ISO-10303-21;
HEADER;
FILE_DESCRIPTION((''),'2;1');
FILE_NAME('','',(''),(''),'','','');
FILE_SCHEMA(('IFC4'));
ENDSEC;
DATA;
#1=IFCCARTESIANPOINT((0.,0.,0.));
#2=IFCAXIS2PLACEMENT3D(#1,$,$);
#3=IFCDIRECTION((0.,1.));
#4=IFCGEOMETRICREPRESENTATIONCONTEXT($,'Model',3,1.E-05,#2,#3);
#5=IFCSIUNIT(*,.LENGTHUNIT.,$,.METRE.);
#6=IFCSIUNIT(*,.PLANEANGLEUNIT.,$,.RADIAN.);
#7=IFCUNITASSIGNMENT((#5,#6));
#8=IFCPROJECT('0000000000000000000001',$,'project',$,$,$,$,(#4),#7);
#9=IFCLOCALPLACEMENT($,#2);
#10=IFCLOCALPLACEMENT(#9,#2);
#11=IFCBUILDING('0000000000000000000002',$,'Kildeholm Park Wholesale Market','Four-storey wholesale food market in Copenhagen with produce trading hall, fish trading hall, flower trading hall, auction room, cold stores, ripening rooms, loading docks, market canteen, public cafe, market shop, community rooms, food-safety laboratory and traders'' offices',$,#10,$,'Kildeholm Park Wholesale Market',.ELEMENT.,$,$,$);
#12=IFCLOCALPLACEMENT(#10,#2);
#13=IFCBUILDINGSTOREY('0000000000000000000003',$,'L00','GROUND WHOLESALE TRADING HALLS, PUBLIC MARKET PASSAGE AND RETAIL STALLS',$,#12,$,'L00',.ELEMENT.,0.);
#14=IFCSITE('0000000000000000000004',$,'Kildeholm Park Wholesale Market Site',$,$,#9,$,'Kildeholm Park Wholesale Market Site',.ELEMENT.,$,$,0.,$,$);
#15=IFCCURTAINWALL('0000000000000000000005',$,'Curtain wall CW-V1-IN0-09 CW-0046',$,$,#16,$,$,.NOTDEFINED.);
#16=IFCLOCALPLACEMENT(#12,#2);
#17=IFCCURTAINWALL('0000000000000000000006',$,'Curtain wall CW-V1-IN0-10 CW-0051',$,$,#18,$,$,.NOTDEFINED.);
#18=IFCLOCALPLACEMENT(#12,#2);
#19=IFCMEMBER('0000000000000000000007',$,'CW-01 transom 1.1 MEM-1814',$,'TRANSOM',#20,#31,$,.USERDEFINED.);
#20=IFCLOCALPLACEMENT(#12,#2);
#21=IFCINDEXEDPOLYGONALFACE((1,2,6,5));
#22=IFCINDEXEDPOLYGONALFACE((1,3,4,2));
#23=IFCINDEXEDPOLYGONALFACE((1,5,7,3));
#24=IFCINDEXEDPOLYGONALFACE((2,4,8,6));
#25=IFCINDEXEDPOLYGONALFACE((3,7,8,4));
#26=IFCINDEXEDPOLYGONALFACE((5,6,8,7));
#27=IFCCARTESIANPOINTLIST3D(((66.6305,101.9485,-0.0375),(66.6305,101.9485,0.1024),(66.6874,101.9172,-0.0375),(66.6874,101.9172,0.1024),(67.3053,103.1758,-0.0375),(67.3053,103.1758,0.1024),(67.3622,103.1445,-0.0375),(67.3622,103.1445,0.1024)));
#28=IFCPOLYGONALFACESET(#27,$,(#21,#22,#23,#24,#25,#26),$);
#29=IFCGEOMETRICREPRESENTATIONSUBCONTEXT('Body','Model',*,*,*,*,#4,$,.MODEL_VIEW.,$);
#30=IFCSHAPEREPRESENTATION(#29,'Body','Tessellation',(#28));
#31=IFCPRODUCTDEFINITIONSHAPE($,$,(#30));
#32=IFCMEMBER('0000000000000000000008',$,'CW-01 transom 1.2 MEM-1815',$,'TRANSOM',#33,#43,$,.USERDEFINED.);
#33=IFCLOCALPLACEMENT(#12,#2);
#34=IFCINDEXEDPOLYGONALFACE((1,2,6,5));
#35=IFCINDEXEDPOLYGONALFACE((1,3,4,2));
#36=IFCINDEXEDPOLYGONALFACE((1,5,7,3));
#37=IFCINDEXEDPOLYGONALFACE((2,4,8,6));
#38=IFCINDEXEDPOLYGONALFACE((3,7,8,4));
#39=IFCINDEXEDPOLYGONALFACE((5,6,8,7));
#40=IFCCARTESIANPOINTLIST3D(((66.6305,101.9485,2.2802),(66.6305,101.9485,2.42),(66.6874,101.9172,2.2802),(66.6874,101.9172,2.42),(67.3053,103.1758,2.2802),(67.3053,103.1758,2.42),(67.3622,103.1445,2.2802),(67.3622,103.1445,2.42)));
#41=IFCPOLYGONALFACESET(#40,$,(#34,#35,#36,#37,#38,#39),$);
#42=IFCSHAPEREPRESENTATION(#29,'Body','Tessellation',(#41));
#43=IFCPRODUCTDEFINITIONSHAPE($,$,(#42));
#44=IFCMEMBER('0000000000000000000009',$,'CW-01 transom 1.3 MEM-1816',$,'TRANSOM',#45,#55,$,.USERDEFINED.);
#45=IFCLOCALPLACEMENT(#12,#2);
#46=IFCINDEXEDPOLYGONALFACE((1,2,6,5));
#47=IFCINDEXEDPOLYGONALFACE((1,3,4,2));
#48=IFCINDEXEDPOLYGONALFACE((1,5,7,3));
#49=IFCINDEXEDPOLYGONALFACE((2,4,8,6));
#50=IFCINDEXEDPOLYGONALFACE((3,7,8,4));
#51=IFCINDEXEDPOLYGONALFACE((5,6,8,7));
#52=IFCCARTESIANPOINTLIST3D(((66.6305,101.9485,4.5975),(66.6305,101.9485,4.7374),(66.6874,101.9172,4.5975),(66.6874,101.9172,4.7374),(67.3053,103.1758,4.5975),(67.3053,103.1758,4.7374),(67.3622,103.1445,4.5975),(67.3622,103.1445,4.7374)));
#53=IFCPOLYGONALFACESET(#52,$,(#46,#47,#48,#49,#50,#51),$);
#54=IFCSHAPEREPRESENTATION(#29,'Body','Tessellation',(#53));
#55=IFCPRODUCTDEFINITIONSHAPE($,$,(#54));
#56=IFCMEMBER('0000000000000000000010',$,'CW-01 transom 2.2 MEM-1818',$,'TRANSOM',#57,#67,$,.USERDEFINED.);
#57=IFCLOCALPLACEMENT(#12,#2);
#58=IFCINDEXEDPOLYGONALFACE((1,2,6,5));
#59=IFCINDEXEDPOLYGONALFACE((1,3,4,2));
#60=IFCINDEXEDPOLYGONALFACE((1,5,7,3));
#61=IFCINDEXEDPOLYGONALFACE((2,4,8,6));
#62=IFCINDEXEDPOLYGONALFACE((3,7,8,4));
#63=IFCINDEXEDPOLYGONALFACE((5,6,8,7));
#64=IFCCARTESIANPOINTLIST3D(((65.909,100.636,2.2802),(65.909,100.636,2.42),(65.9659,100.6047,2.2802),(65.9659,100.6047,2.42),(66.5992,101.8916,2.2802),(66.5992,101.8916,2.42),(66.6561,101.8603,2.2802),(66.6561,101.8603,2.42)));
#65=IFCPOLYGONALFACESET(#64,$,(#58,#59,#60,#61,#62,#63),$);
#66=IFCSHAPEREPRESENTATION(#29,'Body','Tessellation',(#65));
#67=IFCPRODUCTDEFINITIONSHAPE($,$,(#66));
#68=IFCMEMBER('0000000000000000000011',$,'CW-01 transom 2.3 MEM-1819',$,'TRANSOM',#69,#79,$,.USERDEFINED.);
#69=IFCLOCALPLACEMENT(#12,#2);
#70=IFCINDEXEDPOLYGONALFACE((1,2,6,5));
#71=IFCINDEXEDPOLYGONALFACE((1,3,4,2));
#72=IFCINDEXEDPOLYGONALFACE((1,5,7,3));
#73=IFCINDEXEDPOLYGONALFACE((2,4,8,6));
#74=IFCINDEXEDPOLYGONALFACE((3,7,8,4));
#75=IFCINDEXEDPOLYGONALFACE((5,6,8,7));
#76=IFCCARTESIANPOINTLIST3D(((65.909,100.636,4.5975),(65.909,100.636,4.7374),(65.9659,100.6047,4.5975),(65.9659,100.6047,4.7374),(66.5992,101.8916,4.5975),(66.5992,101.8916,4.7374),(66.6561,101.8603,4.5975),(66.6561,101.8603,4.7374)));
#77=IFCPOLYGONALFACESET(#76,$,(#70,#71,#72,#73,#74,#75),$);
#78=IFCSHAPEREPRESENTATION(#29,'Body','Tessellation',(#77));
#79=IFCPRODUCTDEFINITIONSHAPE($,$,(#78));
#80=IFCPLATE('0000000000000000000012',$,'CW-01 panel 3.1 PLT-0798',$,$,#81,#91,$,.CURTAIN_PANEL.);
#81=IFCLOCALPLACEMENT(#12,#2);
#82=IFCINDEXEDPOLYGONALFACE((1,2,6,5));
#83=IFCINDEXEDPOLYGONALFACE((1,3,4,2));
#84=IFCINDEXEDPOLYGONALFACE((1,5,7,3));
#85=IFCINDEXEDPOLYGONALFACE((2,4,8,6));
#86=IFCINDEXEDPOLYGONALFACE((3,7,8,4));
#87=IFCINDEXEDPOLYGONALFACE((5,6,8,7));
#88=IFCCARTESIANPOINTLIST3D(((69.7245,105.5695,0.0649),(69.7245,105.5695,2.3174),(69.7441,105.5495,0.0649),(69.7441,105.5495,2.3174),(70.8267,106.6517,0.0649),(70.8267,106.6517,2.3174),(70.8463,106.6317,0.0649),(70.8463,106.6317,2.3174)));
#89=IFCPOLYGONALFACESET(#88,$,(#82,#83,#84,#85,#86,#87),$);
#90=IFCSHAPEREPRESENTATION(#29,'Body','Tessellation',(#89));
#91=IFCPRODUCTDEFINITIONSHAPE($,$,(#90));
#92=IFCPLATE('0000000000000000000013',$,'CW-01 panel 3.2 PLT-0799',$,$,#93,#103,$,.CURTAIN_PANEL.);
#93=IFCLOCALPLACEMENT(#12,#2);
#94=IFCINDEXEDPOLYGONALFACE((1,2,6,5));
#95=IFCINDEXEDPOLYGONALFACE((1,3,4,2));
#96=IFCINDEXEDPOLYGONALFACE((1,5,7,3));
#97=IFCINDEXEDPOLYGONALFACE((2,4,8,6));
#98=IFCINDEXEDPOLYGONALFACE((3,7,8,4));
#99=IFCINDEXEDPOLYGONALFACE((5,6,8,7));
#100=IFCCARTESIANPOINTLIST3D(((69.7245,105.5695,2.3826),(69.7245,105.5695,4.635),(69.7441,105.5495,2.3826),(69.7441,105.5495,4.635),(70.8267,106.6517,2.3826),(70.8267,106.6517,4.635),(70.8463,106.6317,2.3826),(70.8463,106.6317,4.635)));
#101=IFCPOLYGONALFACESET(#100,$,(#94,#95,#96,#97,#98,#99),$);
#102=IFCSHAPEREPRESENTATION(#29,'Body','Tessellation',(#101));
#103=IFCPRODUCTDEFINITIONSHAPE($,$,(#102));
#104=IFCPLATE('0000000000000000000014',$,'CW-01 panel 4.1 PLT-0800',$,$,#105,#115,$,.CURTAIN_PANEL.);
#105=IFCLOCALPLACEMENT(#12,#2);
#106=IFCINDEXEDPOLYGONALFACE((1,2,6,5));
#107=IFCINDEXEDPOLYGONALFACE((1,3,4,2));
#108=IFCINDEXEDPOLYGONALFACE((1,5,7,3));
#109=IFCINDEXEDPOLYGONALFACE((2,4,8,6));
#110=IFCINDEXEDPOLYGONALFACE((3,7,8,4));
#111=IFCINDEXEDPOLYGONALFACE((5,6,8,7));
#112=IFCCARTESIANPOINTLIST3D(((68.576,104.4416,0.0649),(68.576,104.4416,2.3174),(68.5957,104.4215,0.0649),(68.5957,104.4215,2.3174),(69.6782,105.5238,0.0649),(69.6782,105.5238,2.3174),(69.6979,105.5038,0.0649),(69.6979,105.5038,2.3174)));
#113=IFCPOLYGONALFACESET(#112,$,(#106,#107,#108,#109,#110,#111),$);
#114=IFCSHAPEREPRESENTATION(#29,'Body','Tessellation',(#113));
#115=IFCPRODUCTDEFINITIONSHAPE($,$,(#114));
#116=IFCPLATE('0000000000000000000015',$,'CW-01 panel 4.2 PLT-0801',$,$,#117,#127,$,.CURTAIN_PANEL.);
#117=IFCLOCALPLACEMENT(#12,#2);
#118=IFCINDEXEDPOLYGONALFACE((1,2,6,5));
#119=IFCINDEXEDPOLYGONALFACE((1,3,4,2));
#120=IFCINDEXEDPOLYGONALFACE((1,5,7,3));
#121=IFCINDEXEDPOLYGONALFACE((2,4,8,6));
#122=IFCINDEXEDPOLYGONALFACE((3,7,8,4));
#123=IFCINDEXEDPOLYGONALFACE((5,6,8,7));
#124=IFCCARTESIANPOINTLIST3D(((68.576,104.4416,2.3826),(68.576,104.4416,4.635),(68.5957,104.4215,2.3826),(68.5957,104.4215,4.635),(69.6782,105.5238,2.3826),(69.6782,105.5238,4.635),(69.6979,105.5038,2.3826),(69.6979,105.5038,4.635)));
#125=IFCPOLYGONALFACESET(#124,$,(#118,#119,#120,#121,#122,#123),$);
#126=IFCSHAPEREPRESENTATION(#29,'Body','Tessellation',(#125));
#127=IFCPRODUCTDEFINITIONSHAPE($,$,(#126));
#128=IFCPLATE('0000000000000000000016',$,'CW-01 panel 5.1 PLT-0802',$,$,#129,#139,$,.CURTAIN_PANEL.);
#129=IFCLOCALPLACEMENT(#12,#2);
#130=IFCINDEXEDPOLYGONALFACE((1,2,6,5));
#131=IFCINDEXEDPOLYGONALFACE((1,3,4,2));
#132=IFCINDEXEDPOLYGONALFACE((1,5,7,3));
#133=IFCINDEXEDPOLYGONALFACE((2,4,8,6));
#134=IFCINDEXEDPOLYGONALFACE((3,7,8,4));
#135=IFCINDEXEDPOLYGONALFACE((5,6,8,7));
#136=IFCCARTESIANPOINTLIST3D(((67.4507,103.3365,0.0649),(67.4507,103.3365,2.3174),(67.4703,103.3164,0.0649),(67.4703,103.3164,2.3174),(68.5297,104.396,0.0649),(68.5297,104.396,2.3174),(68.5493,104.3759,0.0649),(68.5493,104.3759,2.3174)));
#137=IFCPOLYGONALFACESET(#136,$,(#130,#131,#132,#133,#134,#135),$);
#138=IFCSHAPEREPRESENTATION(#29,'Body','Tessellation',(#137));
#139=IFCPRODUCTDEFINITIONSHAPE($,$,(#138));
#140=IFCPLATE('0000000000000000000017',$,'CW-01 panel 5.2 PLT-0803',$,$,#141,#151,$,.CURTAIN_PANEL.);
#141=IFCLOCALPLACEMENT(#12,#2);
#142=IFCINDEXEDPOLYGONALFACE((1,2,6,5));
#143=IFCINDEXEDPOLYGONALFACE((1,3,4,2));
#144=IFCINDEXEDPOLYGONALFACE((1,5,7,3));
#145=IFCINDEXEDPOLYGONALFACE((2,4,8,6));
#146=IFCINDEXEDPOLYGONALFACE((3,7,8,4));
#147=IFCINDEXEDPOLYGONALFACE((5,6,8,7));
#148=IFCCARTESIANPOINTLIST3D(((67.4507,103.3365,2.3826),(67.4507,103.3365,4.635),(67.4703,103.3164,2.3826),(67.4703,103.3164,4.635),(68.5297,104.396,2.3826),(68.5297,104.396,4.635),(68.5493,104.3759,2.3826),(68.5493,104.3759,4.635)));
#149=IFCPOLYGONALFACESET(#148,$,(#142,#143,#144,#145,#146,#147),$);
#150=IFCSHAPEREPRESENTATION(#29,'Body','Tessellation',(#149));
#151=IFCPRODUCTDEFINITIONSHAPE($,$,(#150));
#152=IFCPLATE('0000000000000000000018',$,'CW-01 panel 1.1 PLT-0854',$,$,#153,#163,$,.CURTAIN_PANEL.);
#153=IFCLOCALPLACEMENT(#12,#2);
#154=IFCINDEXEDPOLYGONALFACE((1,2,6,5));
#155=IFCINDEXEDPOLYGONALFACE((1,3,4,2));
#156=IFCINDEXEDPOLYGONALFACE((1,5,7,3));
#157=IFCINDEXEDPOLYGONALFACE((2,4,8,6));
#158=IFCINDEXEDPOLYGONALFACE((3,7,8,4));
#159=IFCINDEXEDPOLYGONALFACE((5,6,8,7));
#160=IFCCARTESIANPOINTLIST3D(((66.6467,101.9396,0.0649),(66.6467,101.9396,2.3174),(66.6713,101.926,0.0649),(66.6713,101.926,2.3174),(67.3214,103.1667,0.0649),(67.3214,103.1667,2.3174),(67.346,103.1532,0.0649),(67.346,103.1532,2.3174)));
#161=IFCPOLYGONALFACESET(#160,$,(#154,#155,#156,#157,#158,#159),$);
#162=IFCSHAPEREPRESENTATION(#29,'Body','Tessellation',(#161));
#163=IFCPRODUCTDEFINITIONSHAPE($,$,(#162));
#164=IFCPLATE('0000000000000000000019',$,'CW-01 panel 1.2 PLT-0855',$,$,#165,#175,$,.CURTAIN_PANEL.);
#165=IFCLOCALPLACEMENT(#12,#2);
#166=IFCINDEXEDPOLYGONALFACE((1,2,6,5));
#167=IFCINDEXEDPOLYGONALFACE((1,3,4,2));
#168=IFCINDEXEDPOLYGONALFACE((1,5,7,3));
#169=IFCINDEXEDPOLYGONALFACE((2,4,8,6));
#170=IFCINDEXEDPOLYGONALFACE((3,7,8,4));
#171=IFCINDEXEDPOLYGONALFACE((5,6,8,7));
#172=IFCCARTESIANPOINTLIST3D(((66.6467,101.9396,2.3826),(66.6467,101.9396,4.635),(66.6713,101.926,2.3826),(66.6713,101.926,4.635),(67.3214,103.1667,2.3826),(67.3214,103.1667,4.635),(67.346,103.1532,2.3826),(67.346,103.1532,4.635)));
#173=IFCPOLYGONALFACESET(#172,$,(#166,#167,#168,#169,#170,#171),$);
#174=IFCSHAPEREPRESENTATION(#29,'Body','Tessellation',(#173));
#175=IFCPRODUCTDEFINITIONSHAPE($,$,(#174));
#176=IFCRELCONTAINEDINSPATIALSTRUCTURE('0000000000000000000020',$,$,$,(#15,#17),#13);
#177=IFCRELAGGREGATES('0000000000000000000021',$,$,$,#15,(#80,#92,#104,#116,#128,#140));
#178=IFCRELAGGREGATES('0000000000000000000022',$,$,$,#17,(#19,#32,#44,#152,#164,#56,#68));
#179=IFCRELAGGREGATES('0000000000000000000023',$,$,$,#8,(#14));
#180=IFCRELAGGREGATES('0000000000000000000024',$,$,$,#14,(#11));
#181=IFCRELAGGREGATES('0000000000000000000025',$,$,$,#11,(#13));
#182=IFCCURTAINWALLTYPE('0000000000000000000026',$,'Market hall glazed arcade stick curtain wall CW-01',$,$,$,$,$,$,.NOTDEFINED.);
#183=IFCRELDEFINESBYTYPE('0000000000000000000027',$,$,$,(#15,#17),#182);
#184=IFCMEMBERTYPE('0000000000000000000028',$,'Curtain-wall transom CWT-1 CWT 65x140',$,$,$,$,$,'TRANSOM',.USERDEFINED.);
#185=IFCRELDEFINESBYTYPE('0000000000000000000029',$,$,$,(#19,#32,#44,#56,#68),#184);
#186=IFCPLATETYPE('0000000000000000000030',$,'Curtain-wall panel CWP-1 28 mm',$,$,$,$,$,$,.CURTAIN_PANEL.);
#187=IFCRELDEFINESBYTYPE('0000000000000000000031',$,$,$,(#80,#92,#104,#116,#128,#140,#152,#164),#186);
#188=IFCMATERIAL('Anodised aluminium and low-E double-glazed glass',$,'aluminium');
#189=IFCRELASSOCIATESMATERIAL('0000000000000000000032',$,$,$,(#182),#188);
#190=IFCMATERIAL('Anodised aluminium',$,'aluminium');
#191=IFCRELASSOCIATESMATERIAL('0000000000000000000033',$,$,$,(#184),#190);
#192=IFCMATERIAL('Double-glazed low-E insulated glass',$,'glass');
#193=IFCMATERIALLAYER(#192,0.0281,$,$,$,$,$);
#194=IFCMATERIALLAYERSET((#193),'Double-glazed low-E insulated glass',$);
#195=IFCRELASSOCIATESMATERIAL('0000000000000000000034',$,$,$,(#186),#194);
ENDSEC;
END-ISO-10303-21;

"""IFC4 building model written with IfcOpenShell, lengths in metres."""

from ifc_helpers import new_model, si_unit, direction, frame, origin, origin_2d, place, context, subcontext, project, spatial, rectangle, extrude, material, layer, layer_set, material_profile, profile_set, type_object, element, aggregate, save


model = new_model("IFC4")

# Units and contexts
model_context = context("Model", 3, precision=1e-05, world=origin(), true_north=direction((0.0, 1.0)))
body_context = subcontext(model_context, "Body", "Model", "MODEL_VIEW")
ifc_project = project(units=[si_unit("LENGTHUNIT", "METRE"), si_unit("PLANEANGLEUNIT", "RADIAN")], contexts=[model_context])

# Site, building, storey
site_placement = place(None, origin())
site = spatial("IfcSite", under=ifc_project, at=site_placement, Name="Kildeholm Park Wholesale Market Site", LongName="Kildeholm Park Wholesale Market Site", CompositionType="ELEMENT", RefElevation=0.0)
building_placement = place(site_placement, origin())
building = spatial("IfcBuilding", under=site, at=building_placement, Name="Kildeholm Park Wholesale Market", Description="Four-storey wholesale food market in Copenhagen with produce trading hall, fish trading hall, flower trading hall, auction room, cold stores, ripening rooms, loading docks, market canteen, public cafe, market shop, community rooms, food-safety laboratory and traders' offices", LongName="Kildeholm Park Wholesale Market", CompositionType="ELEMENT")
storey_placement = place(building_placement, origin())
storey = spatial("IfcBuildingStorey", under=building, at=storey_placement, Name="L00", Description="GROUND WHOLESALE TRADING HALLS, PUBLIC MARKET PASSAGE AND RETAIL STALLS", LongName="L00", CompositionType="ELEMENT", Elevation=0.0)

# Curtain walls
ifc_material_1 = material(Name="Anodised aluminium and low-E double-glazed glass", Category="aluminium")
curtain_wall_type = type_object("IfcCurtainWallType", Name="Market hall glazed arcade stick curtain wall CW-01", PredefinedType="NOTDEFINED", material=ifc_material_1)
curtain_wall_1_placement = place(storey_placement, origin())
curtain_wall_1 = element("IfcCurtainWall", 1, at=curtain_wall_1_placement, inside=storey, type_object=curtain_wall_type, Name="Curtain wall CW-V1-IN0-09 CW-0046", PredefinedType="NOTDEFINED")
ifc_material_2 = material(Name="Anodised aluminium", Category="aluminium")
curtain_wall_2_placement = place(storey_placement, origin())
curtain_wall_2 = element("IfcCurtainWall", 2, at=curtain_wall_2_placement, inside=storey, type_object=curtain_wall_type, Name="Curtain wall CW-V1-IN0-10 CW-0051", PredefinedType="NOTDEFINED")

# Members
ifc_material_profile_1 = material_profile(ifc_material_2, rectangle(XDim=0.0649, YDim=0.1399, at=origin_2d()), Name="CWT 65x140")
ifc_profile_set_1 = profile_set([ifc_material_profile_1], Name="Anodised aluminium")
member_type_1 = type_object("IfcMemberType", Name="Curtain-wall transom CWT-1 CWT 65x140", ElementType="TRANSOM", PredefinedType="USERDEFINED", material=ifc_profile_set_1)
member_1_placement = place(storey_placement, frame((67.3337, 103.1602, 0.0325), z_axis=(-0.481805, -0.876278, 0.0), x_axis=(0.876278, -0.481805, 0.0)))
member_1 = element("IfcMember", 3, at=member_1_placement, type_object=member_type_1, Name="CW-01 transom 1.1 MEM-1814", ObjectType="TRANSOM", PredefinedType="USERDEFINED", context=body_context, shape_type="SweptSolid", body=[
    extrude(rectangle(XDim=0.0649, YDim=0.1399, at=origin_2d()), origin(), (0.0, 0.0, 1.0), 1.4006),
])
member_2_placement = place(storey_placement, frame((67.3337, 103.1602, 2.3501), z_axis=(-0.481805, -0.876278, 0.0), x_axis=(0.876278, -0.481805, 0.0)))
member_2 = element("IfcMember", 4, at=member_2_placement, type_object=member_type_1, Name="CW-01 transom 1.2 MEM-1815", ObjectType="TRANSOM", PredefinedType="USERDEFINED", context=body_context, shape_type="SweptSolid", body=[
    extrude(rectangle(XDim=0.0649, YDim=0.1399, at=origin_2d()), origin(), (0.0, 0.0, 1.0), 1.4006),
])
member_3_placement = place(storey_placement, frame((67.3337, 103.1602, 4.6675), z_axis=(-0.481805, -0.876278, 0.0), x_axis=(0.876278, -0.481805, 0.0)))
member_3 = element("IfcMember", 5, at=member_3_placement, type_object=member_type_1, Name="CW-01 transom 1.3 MEM-1816", ObjectType="TRANSOM", PredefinedType="USERDEFINED", context=body_context, shape_type="SweptSolid", body=[
    extrude(rectangle(XDim=0.0649, YDim=0.1399, at=origin_2d()), origin(), (0.0, 0.0, 1.0), 1.4006),
])
member_4_placement = place(storey_placement, frame((66.6277, 101.876, 2.3501), z_axis=(-0.481703, -0.876335, 0.0), x_axis=(0.876335, -0.481703, 0.0)))
member_4 = element("IfcMember", 6, at=member_4_placement, type_object=member_type_1, Name="CW-01 transom 2.2 MEM-1818", ObjectType="TRANSOM", PredefinedType="USERDEFINED", context=body_context, shape_type="SweptSolid", body=[
    extrude(rectangle(XDim=0.0649, YDim=0.1399, at=origin_2d()), origin(), (0.0, 0.0, 1.0), 1.4329),
])
member_5_placement = place(storey_placement, frame((66.6277, 101.876, 4.6675), z_axis=(-0.481703, -0.876335, 0.0), x_axis=(0.876335, -0.481703, 0.0)))
member_5 = element("IfcMember", 7, at=member_5_placement, type_object=member_type_1, Name="CW-01 transom 2.3 MEM-1819", ObjectType="TRANSOM", PredefinedType="USERDEFINED", context=body_context, shape_type="SweptSolid", body=[
    extrude(rectangle(XDim=0.0649, YDim=0.1399, at=origin_2d()), origin(), (0.0, 0.0, 1.0), 1.4329),
])

# Plates
ifc_material_3 = material(Name="Double-glazed low-E insulated glass", Category="glass")
ifc_layer = layer(ifc_material_3, 0.0281)
ifc_layer_set = layer_set([ifc_layer], Name="Double-glazed low-E insulated glass")
plate_type = type_object("IfcPlateType", Name="Curtain-wall panel CWP-1 28 mm", PredefinedType="CURTAIN_PANEL", material=ifc_layer_set)
plate_1_placement = place(storey_placement, frame((70.2854, 106.1006, 0.0649), z_axis=(0.0, 0.0, 1.0), x_axis=(-0.713538, -0.700617, 0.0)))
plate_1 = element("IfcPlate", 8, at=plate_1_placement, type_object=plate_type, Name="CW-01 panel 3.1 PLT-0798", PredefinedType="CURTAIN_PANEL", context=body_context, shape_type="SweptSolid", body=[
    extrude(rectangle(XDim=1.5447, YDim=0.0281, at=origin_2d()), origin(), (0.0, 0.0, 1.0), 2.2524),
])
plate_2_placement = place(storey_placement, frame((70.2854, 106.1006, 2.3826), z_axis=(0.0, 0.0, 1.0), x_axis=(-0.713538, -0.700617, 0.0)))
plate_2 = element("IfcPlate", 9, at=plate_2_placement, type_object=plate_type, Name="CW-01 panel 3.2 PLT-0799", PredefinedType="CURTAIN_PANEL", context=body_context, shape_type="SweptSolid", body=[
    extrude(rectangle(XDim=1.5447, YDim=0.0281, at=origin_2d()), origin(), (0.0, 0.0, 1.0), 2.2524),
])
plate_3_placement = place(storey_placement, frame((69.137, 104.9727, 0.0649), z_axis=(0.0, 0.0, 1.0), x_axis=(-0.713538, -0.700617, 0.0)))
plate_3 = element("IfcPlate", 10, at=plate_3_placement, type_object=plate_type, Name="CW-01 panel 4.1 PLT-0800", PredefinedType="CURTAIN_PANEL", context=body_context, shape_type="SweptSolid", body=[
    extrude(rectangle(XDim=1.5447, YDim=0.0281, at=origin_2d()), origin(), (0.0, 0.0, 1.0), 2.2524),
])
plate_4_placement = place(storey_placement, frame((69.137, 104.9727, 2.3826), z_axis=(0.0, 0.0, 1.0), x_axis=(-0.713538, -0.700617, 0.0)))
plate_4 = element("IfcPlate", 11, at=plate_4_placement, type_object=plate_type, Name="CW-01 panel 4.2 PLT-0801", PredefinedType="CURTAIN_PANEL", context=body_context, shape_type="SweptSolid", body=[
    extrude(rectangle(XDim=1.5447, YDim=0.0281, at=origin_2d()), origin(), (0.0, 0.0, 1.0), 2.2524),
])
plate_5_placement = place(storey_placement, frame((68.0, 103.8562, 0.0649), z_axis=(0.0, 0.0, 1.0), x_axis=(-0.713538, -0.700617, 0.0)))
plate_5 = element("IfcPlate", 12, at=plate_5_placement, type_object=plate_type, Name="CW-01 panel 5.1 PLT-0802", PredefinedType="CURTAIN_PANEL", context=body_context, shape_type="SweptSolid", body=[
    extrude(rectangle(XDim=1.5122, YDim=0.0281, at=origin_2d()), origin(), (0.0, 0.0, 1.0), 2.2524),
])
plate_6_placement = place(storey_placement, frame((68.0, 103.8562, 2.3826), z_axis=(0.0, 0.0, 1.0), x_axis=(-0.713538, -0.700617, 0.0)))
plate_6 = element("IfcPlate", 13, at=plate_6_placement, type_object=plate_type, Name="CW-01 panel 5.2 PLT-0803", PredefinedType="CURTAIN_PANEL", context=body_context, shape_type="SweptSolid", body=[
    extrude(rectangle(XDim=1.5122, YDim=0.0281, at=origin_2d()), origin(), (0.0, 0.0, 1.0), 2.2524),
])
aggregate(curtain_wall_1, [plate_1, plate_2, plate_3, plate_4, plate_5, plate_6])
plate_7_placement = place(storey_placement, frame((66.9963, 102.5464, 0.0649), z_axis=(0.0, 0.0, 1.0), x_axis=(-0.48175, -0.876309, 0.0)))
plate_7 = element("IfcPlate", 14, at=plate_7_placement, type_object=plate_type, Name="CW-01 panel 1.1 PLT-0854", PredefinedType="CURTAIN_PANEL", context=body_context, shape_type="SweptSolid", body=[
    extrude(rectangle(XDim=1.4004, YDim=0.0281, at=origin_2d()), origin(), (0.0, 0.0, 1.0), 2.2524),
])
plate_8_placement = place(storey_placement, frame((66.9963, 102.5464, 2.3826), z_axis=(0.0, 0.0, 1.0), x_axis=(-0.48175, -0.876309, 0.0)))
plate_8 = element("IfcPlate", 15, at=plate_8_placement, type_object=plate_type, Name="CW-01 panel 1.2 PLT-0855", PredefinedType="CURTAIN_PANEL", context=body_context, shape_type="SweptSolid", body=[
    extrude(rectangle(XDim=1.4004, YDim=0.0281, at=origin_2d()), origin(), (0.0, 0.0, 1.0), 2.2524),
])
aggregate(curtain_wall_2, [member_1, member_2, member_3, plate_7, plate_8, member_4, member_5])

save(model, "model.ifc")
